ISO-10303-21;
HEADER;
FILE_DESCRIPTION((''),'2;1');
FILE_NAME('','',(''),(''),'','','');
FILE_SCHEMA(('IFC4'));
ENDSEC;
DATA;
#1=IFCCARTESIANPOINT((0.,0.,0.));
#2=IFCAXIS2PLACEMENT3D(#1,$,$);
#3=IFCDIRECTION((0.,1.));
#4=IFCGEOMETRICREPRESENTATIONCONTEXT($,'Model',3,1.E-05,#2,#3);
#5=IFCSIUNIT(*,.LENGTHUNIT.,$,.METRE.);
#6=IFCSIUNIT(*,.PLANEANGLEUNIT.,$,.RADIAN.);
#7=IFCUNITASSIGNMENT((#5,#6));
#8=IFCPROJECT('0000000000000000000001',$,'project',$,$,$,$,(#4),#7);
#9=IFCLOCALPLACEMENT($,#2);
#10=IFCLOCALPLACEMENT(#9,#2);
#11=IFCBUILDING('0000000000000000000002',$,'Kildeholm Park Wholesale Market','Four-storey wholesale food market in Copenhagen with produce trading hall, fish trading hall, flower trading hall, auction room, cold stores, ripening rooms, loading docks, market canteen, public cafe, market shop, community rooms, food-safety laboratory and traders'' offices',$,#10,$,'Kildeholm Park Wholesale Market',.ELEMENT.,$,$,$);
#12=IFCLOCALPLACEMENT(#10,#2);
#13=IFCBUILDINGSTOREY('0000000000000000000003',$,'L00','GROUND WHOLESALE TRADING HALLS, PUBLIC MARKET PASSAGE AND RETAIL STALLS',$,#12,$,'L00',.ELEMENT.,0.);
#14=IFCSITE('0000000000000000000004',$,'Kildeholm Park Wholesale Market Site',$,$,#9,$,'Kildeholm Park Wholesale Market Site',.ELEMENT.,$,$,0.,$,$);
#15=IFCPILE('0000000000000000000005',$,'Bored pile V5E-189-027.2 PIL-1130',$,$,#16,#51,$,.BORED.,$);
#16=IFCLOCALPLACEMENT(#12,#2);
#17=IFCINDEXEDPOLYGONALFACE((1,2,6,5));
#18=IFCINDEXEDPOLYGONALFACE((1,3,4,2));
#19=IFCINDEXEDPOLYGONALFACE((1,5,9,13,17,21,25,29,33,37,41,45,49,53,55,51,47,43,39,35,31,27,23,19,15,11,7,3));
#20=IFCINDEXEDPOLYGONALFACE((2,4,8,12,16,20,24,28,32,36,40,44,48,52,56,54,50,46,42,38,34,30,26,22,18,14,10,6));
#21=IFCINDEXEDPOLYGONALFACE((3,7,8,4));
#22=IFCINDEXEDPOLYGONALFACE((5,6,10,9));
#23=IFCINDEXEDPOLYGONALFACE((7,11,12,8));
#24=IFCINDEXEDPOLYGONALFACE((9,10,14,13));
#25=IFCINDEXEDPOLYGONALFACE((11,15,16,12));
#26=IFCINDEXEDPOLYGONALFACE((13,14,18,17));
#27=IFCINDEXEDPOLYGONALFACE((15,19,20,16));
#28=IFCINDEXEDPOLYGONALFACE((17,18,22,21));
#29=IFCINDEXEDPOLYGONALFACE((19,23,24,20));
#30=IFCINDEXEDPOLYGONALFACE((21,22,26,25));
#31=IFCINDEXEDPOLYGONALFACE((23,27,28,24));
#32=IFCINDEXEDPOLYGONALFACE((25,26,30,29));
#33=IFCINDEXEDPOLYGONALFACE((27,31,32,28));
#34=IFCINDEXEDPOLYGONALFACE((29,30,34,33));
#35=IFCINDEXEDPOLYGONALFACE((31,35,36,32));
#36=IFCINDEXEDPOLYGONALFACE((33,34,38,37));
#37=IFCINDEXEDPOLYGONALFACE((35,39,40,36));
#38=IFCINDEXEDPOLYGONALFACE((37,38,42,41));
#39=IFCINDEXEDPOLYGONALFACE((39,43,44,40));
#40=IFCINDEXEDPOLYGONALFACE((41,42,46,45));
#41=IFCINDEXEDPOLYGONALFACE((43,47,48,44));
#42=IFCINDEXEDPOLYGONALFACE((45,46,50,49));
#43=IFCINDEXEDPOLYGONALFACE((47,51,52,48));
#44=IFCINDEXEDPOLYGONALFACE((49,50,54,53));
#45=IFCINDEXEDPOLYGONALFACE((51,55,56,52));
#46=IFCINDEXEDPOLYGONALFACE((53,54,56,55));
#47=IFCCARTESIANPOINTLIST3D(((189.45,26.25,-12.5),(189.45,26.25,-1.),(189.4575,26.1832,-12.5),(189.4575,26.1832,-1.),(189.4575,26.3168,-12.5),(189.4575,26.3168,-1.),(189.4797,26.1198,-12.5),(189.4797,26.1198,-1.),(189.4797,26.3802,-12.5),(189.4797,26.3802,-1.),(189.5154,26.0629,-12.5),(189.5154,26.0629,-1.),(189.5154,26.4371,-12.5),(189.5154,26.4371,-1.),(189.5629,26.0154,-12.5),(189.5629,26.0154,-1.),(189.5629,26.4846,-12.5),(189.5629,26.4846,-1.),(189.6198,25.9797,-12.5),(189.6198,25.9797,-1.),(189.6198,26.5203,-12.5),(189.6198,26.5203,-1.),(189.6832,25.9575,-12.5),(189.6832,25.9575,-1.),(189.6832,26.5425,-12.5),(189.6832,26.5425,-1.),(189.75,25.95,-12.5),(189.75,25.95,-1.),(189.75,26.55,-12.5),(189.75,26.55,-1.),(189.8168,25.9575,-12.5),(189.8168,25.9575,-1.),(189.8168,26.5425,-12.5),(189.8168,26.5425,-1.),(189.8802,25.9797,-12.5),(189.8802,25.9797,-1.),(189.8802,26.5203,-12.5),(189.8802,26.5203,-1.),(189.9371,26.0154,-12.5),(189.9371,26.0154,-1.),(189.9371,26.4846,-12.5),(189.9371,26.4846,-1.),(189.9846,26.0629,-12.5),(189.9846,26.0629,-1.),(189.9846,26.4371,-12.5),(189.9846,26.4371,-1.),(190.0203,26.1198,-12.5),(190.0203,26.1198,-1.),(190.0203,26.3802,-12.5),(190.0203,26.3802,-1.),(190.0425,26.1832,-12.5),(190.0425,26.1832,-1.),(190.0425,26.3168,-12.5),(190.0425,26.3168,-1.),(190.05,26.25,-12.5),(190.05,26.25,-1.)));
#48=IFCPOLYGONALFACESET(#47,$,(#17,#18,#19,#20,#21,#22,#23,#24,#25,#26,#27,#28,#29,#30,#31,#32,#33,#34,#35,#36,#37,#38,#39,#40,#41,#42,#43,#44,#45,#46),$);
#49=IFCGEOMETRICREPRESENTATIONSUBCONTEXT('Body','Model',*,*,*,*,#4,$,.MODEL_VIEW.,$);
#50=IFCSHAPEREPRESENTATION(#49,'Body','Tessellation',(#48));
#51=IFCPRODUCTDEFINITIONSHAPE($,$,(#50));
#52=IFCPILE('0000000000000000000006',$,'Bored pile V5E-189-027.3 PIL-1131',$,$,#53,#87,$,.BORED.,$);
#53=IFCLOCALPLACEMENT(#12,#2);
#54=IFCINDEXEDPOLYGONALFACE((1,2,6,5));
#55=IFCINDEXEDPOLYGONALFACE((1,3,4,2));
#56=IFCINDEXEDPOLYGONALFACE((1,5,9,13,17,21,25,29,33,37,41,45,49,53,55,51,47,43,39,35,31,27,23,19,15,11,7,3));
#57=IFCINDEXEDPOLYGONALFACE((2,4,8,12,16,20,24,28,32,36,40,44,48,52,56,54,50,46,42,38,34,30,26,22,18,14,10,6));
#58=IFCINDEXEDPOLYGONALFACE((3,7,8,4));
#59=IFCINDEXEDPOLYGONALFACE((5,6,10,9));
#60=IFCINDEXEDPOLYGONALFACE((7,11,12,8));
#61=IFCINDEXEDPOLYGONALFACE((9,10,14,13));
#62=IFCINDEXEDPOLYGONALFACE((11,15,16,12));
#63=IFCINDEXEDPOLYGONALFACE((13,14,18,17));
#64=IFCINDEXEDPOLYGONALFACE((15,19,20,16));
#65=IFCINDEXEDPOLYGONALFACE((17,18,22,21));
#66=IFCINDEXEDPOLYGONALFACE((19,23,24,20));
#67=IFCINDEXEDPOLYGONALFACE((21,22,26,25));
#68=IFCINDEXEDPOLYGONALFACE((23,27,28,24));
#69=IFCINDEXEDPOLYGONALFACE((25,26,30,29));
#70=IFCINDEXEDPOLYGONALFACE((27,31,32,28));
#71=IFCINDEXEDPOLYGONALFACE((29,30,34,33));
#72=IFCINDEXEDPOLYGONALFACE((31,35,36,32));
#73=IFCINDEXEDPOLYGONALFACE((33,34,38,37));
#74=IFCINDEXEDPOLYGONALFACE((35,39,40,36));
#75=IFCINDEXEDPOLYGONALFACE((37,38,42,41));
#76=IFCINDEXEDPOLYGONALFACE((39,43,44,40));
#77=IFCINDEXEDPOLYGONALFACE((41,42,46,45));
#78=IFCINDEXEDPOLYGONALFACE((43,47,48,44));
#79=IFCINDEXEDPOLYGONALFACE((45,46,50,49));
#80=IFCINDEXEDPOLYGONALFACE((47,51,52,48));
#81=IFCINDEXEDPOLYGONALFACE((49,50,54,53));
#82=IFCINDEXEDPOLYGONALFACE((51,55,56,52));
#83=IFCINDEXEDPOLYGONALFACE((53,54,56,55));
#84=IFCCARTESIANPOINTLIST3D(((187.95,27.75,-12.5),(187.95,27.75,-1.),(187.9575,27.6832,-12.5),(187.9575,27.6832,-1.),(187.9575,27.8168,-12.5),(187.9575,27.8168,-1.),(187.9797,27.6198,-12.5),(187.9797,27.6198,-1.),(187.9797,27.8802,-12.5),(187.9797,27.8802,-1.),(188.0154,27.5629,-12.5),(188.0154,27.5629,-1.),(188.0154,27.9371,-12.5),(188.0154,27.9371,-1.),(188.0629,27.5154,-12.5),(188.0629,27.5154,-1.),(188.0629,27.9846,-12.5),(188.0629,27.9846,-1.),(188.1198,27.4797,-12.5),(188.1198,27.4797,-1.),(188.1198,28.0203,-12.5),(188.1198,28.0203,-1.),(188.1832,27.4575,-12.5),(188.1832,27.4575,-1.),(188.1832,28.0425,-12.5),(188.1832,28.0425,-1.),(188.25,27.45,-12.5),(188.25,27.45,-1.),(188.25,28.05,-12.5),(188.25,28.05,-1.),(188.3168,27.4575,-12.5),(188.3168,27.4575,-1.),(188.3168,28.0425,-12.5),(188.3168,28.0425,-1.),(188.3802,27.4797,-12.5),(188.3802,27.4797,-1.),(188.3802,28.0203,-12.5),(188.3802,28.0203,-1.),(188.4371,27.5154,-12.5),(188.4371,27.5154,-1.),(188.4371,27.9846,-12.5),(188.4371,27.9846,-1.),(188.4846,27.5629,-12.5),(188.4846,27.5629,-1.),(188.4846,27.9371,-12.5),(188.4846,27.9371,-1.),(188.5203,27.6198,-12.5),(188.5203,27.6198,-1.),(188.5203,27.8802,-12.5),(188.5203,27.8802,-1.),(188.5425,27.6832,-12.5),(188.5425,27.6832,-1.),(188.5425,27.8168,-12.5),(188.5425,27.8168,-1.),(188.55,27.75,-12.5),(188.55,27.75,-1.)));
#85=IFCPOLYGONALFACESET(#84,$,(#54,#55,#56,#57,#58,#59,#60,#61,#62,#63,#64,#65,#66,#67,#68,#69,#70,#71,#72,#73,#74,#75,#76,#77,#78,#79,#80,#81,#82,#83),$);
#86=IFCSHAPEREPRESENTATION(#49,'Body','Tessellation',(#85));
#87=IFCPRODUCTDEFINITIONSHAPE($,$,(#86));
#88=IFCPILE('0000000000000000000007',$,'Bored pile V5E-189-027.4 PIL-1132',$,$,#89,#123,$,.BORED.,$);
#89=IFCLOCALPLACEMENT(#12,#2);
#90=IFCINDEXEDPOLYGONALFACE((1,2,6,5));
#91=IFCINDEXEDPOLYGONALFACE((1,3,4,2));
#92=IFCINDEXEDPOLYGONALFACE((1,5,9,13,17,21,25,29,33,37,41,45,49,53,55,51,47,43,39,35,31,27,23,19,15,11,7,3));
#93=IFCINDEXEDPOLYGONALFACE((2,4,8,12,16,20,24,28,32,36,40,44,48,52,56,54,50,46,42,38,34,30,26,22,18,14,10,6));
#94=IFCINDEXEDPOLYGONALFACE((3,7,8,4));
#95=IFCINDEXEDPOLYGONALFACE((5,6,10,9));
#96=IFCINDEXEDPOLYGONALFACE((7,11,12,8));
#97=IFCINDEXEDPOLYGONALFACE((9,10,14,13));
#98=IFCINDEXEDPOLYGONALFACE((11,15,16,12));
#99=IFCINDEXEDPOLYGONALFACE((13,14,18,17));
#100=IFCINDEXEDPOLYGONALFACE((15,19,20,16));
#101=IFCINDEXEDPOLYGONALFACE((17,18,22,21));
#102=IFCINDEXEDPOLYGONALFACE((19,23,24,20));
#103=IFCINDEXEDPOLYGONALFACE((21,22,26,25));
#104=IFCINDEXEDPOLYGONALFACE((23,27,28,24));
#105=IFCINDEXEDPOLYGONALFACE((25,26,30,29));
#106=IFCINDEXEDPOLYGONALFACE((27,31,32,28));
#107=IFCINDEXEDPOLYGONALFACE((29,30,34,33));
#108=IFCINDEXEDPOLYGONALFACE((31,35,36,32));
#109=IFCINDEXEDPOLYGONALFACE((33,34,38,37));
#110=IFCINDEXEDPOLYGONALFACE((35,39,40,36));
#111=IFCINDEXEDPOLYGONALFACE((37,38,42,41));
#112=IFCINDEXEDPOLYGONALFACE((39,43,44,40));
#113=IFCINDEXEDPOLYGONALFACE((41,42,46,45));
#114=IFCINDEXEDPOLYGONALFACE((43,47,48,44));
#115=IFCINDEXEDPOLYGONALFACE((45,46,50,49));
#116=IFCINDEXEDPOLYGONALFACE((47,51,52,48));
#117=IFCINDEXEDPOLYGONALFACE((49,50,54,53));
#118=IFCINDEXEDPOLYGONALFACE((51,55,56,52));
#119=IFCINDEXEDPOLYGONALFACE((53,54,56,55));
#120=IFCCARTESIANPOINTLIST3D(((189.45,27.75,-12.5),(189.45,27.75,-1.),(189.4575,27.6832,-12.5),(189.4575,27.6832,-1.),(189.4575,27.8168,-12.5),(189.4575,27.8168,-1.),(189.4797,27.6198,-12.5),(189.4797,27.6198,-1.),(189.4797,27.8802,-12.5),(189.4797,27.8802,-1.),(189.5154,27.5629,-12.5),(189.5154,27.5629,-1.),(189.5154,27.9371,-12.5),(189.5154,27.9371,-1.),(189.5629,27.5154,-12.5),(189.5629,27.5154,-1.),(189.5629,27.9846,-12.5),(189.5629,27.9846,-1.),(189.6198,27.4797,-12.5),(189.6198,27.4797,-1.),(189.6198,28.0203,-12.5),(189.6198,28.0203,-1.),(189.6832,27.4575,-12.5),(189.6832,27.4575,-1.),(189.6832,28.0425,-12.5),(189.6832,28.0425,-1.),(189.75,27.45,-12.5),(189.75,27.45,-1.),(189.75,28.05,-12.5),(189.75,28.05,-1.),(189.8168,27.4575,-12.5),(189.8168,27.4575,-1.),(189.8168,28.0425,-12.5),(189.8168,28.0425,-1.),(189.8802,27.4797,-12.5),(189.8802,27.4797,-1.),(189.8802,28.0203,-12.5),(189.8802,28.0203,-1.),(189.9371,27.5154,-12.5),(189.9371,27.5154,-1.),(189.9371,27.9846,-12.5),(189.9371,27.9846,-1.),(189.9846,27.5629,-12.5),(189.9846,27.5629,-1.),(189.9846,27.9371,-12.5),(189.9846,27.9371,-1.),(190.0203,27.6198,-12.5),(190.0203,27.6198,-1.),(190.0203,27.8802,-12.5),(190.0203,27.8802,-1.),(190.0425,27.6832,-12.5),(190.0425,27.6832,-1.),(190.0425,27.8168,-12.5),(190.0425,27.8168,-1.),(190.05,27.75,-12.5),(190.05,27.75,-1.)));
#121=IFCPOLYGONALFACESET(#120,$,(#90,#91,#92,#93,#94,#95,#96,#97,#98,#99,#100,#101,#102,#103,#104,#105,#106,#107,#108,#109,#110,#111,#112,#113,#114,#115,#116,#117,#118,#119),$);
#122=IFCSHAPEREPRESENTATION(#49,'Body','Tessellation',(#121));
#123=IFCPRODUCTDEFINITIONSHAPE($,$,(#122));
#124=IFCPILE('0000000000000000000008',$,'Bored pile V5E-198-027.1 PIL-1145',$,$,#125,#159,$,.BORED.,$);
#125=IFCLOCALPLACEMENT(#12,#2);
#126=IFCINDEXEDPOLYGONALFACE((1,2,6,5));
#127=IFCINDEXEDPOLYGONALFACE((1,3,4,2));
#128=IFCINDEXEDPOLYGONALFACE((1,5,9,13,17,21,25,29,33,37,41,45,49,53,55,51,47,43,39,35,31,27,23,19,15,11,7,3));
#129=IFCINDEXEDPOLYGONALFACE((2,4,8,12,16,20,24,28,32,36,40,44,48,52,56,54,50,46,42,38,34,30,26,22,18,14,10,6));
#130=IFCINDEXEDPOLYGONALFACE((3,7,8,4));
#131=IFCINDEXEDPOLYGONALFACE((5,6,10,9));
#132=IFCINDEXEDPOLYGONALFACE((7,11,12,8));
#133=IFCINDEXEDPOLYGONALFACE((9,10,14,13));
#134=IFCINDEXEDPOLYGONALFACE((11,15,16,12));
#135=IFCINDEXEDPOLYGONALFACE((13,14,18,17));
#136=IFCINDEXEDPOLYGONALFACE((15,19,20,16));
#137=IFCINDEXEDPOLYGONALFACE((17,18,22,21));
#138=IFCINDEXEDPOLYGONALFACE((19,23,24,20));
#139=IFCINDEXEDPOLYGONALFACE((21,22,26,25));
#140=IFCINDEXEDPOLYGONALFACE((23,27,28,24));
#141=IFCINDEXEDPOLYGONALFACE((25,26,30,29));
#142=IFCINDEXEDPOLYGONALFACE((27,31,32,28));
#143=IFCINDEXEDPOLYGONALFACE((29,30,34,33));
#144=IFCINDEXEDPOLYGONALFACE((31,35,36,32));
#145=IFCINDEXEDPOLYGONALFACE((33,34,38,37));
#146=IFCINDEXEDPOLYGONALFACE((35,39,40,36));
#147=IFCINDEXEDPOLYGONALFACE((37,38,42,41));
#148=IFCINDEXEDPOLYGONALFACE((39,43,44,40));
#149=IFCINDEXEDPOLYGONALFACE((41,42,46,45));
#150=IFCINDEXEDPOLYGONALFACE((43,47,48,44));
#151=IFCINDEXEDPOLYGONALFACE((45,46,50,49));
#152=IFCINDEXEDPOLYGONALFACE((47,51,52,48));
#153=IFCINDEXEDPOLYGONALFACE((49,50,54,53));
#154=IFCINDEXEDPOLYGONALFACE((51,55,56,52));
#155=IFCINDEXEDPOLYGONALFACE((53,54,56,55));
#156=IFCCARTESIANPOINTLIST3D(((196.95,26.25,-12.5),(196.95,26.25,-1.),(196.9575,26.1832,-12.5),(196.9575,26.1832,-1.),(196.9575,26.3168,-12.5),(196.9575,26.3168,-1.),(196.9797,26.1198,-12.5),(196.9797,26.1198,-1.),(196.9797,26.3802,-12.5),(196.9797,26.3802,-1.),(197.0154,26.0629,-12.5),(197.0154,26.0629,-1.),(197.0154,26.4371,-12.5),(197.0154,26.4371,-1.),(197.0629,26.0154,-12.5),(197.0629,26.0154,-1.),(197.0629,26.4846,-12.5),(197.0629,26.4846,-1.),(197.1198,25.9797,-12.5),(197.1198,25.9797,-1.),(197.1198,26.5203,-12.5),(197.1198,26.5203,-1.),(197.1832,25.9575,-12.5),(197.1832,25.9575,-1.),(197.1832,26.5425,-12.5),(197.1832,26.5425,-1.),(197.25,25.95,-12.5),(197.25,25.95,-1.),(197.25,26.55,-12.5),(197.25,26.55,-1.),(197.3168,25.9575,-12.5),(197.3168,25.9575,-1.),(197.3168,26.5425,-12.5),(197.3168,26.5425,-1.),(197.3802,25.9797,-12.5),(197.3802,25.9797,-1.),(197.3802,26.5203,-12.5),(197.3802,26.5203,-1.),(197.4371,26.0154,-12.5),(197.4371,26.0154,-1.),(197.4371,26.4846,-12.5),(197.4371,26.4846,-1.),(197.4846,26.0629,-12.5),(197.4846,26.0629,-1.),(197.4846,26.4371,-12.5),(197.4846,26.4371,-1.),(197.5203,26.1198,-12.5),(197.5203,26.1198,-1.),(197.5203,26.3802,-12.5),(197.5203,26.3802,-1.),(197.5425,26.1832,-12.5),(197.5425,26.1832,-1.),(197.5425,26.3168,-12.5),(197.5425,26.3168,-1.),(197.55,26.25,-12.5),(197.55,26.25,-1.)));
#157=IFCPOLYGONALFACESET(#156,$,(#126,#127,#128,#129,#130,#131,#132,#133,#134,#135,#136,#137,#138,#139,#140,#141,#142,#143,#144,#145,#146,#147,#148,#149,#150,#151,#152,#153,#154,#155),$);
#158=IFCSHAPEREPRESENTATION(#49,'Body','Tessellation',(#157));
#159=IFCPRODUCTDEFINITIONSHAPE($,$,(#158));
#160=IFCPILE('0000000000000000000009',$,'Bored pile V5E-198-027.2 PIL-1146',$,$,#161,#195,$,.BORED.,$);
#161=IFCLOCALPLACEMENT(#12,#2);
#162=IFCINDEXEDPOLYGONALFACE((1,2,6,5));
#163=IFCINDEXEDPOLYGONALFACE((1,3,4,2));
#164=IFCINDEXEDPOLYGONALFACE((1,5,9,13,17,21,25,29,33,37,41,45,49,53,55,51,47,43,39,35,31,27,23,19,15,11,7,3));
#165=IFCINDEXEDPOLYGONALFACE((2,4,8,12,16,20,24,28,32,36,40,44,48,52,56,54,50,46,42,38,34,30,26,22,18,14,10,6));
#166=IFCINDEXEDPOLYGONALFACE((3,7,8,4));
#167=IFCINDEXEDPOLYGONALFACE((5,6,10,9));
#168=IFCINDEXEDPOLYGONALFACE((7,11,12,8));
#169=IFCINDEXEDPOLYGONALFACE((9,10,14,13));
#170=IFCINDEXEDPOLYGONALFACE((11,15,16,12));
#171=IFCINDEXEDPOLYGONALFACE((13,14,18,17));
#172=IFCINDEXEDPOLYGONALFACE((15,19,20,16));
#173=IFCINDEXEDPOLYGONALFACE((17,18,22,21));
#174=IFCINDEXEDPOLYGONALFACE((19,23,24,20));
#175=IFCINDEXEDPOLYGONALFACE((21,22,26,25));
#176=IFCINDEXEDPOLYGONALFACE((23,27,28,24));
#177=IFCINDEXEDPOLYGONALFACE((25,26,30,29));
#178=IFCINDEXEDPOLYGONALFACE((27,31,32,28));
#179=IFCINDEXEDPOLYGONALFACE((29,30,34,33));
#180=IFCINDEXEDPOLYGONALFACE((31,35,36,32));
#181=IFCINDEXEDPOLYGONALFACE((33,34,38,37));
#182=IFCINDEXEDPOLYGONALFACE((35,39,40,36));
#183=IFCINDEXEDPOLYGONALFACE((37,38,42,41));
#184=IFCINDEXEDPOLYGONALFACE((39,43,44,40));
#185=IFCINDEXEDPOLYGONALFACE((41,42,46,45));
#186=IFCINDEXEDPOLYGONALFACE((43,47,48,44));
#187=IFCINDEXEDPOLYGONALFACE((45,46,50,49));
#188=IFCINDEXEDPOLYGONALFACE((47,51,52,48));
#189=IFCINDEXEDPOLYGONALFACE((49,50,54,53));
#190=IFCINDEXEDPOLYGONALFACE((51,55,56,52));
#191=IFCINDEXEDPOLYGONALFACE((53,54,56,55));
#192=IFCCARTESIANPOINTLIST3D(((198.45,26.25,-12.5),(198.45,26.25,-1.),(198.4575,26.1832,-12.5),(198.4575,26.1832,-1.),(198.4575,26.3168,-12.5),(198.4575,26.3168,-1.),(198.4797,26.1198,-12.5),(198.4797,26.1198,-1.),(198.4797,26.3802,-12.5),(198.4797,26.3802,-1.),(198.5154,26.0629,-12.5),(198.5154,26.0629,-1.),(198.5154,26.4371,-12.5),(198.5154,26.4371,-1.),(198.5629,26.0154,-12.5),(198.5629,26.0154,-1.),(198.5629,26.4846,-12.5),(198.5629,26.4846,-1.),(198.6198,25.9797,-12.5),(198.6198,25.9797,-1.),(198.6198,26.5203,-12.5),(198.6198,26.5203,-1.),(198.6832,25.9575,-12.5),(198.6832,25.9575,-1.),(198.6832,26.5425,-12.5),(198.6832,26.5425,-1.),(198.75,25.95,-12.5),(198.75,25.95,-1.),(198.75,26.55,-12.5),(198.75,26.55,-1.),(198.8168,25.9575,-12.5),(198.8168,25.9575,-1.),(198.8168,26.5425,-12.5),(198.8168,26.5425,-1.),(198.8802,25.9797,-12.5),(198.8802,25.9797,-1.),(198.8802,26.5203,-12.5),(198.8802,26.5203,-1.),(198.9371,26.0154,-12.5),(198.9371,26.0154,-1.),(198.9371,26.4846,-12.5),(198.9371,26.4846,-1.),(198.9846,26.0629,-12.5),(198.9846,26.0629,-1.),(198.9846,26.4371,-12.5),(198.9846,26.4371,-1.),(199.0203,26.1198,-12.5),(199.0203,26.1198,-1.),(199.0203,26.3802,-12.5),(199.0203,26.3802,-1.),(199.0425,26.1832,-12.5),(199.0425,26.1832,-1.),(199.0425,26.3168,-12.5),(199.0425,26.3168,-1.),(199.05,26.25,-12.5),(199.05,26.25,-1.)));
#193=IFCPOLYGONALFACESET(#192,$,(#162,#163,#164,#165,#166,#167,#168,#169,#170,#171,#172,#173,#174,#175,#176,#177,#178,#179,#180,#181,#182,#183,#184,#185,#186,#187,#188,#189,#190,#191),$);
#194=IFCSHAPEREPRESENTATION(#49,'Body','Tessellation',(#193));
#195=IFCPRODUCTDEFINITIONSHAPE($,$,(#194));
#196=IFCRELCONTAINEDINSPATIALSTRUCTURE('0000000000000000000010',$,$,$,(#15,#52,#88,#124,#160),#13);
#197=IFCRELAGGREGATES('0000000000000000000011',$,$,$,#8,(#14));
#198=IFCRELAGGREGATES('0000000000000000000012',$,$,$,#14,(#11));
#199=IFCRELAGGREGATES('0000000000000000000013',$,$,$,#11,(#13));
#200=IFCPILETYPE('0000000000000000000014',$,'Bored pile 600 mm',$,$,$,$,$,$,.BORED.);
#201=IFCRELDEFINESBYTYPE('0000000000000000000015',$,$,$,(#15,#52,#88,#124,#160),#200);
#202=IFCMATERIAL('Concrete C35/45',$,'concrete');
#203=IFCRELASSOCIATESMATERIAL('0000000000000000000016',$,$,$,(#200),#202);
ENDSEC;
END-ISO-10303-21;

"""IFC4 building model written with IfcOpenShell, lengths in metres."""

from ifc_helpers import new_model, si_unit, direction, frame, origin, origin_2d, place, context, subcontext, project, spatial, circle, extrude, material, material_profile, profile_set, type_object, element, save


model = new_model("IFC4")

# Units and contexts
model_context = context("Model", 3, precision=1e-05, world=origin(), true_north=direction((0.0, 1.0)))
body_context = subcontext(model_context, "Body", "Model", "MODEL_VIEW")
ifc_project = project(units=[si_unit("LENGTHUNIT", "METRE"), si_unit("PLANEANGLEUNIT", "RADIAN")], contexts=[model_context])

# Site, building, storey
site_placement = place(None, origin())
site = spatial("IfcSite", under=ifc_project, at=site_placement, Name="Kildeholm Park Wholesale Market Site", LongName="Kildeholm Park Wholesale Market Site", CompositionType="ELEMENT", RefElevation=0.0)
building_placement = place(site_placement, origin())
building = spatial("IfcBuilding", under=site, at=building_placement, Name="Kildeholm Park Wholesale Market", Description="Four-storey wholesale food market in Copenhagen with produce trading hall, fish trading hall, flower trading hall, auction room, cold stores, ripening rooms, loading docks, market canteen, public cafe, market shop, community rooms, food-safety laboratory and traders' offices", LongName="Kildeholm Park Wholesale Market", CompositionType="ELEMENT")
storey_placement = place(building_placement, origin())
storey = spatial("IfcBuildingStorey", under=building, at=storey_placement, Name="L00", Description="GROUND WHOLESALE TRADING HALLS, PUBLIC MARKET PASSAGE AND RETAIL STALLS", LongName="L00", CompositionType="ELEMENT", Elevation=0.0)

# Piles
ifc_material_1 = material(Name="Concrete C35/45", Category="concrete")
ifc_material_profile_1 = material_profile(ifc_material_1, circle(Radius=0.3, at=origin_2d()), Name="PILE D600")
ifc_profile_set_1 = profile_set([ifc_material_profile_1], Name="Concrete C35/45")
pile_type = type_object("IfcPileType", Name="Bored pile 600 mm", PredefinedType="BORED", material=ifc_profile_set_1)
for number, where, z_axis, x_axis, name in (
    (1, (189.75, 26.25, -1.0), (0.0, 0.0, -1.0), (1.0, 0.0, 0.0), "Bored pile V5E-189-027.2 PIL-1130"),
    (2, (188.25, 27.75, -1.0), (0.0, 0.0, -1.0), (1.0, 0.0, 0.0), "Bored pile V5E-189-027.3 PIL-1131"),
    (3, (189.75, 27.75, -1.0), (0.0, 0.0, -1.0), (1.0, 0.0, 0.0), "Bored pile V5E-189-027.4 PIL-1132"),
    (4, (197.25, 26.25, -1.0), (0.0, 0.0, -1.0), (1.0, 0.0, 0.0), "Bored pile V5E-198-027.1 PIL-1145"),
    (5, (198.75, 26.25, -1.0), (0.0, 0.0, -1.0), (1.0, 0.0, 0.0), "Bored pile V5E-198-027.2 PIL-1146"),
):
    element("IfcPile", number, at=place(storey_placement, frame(where, z_axis=z_axis, x_axis=x_axis)), inside=storey, type_object=pile_type, Name=name, PredefinedType="BORED", context=body_context, shape_type="SweptSolid", body=[
        extrude(circle(Radius=0.3, at=origin_2d()), origin(), (0.0, 0.0, 1.0), 11.5),
    ])

save(model, "model.ifc")
